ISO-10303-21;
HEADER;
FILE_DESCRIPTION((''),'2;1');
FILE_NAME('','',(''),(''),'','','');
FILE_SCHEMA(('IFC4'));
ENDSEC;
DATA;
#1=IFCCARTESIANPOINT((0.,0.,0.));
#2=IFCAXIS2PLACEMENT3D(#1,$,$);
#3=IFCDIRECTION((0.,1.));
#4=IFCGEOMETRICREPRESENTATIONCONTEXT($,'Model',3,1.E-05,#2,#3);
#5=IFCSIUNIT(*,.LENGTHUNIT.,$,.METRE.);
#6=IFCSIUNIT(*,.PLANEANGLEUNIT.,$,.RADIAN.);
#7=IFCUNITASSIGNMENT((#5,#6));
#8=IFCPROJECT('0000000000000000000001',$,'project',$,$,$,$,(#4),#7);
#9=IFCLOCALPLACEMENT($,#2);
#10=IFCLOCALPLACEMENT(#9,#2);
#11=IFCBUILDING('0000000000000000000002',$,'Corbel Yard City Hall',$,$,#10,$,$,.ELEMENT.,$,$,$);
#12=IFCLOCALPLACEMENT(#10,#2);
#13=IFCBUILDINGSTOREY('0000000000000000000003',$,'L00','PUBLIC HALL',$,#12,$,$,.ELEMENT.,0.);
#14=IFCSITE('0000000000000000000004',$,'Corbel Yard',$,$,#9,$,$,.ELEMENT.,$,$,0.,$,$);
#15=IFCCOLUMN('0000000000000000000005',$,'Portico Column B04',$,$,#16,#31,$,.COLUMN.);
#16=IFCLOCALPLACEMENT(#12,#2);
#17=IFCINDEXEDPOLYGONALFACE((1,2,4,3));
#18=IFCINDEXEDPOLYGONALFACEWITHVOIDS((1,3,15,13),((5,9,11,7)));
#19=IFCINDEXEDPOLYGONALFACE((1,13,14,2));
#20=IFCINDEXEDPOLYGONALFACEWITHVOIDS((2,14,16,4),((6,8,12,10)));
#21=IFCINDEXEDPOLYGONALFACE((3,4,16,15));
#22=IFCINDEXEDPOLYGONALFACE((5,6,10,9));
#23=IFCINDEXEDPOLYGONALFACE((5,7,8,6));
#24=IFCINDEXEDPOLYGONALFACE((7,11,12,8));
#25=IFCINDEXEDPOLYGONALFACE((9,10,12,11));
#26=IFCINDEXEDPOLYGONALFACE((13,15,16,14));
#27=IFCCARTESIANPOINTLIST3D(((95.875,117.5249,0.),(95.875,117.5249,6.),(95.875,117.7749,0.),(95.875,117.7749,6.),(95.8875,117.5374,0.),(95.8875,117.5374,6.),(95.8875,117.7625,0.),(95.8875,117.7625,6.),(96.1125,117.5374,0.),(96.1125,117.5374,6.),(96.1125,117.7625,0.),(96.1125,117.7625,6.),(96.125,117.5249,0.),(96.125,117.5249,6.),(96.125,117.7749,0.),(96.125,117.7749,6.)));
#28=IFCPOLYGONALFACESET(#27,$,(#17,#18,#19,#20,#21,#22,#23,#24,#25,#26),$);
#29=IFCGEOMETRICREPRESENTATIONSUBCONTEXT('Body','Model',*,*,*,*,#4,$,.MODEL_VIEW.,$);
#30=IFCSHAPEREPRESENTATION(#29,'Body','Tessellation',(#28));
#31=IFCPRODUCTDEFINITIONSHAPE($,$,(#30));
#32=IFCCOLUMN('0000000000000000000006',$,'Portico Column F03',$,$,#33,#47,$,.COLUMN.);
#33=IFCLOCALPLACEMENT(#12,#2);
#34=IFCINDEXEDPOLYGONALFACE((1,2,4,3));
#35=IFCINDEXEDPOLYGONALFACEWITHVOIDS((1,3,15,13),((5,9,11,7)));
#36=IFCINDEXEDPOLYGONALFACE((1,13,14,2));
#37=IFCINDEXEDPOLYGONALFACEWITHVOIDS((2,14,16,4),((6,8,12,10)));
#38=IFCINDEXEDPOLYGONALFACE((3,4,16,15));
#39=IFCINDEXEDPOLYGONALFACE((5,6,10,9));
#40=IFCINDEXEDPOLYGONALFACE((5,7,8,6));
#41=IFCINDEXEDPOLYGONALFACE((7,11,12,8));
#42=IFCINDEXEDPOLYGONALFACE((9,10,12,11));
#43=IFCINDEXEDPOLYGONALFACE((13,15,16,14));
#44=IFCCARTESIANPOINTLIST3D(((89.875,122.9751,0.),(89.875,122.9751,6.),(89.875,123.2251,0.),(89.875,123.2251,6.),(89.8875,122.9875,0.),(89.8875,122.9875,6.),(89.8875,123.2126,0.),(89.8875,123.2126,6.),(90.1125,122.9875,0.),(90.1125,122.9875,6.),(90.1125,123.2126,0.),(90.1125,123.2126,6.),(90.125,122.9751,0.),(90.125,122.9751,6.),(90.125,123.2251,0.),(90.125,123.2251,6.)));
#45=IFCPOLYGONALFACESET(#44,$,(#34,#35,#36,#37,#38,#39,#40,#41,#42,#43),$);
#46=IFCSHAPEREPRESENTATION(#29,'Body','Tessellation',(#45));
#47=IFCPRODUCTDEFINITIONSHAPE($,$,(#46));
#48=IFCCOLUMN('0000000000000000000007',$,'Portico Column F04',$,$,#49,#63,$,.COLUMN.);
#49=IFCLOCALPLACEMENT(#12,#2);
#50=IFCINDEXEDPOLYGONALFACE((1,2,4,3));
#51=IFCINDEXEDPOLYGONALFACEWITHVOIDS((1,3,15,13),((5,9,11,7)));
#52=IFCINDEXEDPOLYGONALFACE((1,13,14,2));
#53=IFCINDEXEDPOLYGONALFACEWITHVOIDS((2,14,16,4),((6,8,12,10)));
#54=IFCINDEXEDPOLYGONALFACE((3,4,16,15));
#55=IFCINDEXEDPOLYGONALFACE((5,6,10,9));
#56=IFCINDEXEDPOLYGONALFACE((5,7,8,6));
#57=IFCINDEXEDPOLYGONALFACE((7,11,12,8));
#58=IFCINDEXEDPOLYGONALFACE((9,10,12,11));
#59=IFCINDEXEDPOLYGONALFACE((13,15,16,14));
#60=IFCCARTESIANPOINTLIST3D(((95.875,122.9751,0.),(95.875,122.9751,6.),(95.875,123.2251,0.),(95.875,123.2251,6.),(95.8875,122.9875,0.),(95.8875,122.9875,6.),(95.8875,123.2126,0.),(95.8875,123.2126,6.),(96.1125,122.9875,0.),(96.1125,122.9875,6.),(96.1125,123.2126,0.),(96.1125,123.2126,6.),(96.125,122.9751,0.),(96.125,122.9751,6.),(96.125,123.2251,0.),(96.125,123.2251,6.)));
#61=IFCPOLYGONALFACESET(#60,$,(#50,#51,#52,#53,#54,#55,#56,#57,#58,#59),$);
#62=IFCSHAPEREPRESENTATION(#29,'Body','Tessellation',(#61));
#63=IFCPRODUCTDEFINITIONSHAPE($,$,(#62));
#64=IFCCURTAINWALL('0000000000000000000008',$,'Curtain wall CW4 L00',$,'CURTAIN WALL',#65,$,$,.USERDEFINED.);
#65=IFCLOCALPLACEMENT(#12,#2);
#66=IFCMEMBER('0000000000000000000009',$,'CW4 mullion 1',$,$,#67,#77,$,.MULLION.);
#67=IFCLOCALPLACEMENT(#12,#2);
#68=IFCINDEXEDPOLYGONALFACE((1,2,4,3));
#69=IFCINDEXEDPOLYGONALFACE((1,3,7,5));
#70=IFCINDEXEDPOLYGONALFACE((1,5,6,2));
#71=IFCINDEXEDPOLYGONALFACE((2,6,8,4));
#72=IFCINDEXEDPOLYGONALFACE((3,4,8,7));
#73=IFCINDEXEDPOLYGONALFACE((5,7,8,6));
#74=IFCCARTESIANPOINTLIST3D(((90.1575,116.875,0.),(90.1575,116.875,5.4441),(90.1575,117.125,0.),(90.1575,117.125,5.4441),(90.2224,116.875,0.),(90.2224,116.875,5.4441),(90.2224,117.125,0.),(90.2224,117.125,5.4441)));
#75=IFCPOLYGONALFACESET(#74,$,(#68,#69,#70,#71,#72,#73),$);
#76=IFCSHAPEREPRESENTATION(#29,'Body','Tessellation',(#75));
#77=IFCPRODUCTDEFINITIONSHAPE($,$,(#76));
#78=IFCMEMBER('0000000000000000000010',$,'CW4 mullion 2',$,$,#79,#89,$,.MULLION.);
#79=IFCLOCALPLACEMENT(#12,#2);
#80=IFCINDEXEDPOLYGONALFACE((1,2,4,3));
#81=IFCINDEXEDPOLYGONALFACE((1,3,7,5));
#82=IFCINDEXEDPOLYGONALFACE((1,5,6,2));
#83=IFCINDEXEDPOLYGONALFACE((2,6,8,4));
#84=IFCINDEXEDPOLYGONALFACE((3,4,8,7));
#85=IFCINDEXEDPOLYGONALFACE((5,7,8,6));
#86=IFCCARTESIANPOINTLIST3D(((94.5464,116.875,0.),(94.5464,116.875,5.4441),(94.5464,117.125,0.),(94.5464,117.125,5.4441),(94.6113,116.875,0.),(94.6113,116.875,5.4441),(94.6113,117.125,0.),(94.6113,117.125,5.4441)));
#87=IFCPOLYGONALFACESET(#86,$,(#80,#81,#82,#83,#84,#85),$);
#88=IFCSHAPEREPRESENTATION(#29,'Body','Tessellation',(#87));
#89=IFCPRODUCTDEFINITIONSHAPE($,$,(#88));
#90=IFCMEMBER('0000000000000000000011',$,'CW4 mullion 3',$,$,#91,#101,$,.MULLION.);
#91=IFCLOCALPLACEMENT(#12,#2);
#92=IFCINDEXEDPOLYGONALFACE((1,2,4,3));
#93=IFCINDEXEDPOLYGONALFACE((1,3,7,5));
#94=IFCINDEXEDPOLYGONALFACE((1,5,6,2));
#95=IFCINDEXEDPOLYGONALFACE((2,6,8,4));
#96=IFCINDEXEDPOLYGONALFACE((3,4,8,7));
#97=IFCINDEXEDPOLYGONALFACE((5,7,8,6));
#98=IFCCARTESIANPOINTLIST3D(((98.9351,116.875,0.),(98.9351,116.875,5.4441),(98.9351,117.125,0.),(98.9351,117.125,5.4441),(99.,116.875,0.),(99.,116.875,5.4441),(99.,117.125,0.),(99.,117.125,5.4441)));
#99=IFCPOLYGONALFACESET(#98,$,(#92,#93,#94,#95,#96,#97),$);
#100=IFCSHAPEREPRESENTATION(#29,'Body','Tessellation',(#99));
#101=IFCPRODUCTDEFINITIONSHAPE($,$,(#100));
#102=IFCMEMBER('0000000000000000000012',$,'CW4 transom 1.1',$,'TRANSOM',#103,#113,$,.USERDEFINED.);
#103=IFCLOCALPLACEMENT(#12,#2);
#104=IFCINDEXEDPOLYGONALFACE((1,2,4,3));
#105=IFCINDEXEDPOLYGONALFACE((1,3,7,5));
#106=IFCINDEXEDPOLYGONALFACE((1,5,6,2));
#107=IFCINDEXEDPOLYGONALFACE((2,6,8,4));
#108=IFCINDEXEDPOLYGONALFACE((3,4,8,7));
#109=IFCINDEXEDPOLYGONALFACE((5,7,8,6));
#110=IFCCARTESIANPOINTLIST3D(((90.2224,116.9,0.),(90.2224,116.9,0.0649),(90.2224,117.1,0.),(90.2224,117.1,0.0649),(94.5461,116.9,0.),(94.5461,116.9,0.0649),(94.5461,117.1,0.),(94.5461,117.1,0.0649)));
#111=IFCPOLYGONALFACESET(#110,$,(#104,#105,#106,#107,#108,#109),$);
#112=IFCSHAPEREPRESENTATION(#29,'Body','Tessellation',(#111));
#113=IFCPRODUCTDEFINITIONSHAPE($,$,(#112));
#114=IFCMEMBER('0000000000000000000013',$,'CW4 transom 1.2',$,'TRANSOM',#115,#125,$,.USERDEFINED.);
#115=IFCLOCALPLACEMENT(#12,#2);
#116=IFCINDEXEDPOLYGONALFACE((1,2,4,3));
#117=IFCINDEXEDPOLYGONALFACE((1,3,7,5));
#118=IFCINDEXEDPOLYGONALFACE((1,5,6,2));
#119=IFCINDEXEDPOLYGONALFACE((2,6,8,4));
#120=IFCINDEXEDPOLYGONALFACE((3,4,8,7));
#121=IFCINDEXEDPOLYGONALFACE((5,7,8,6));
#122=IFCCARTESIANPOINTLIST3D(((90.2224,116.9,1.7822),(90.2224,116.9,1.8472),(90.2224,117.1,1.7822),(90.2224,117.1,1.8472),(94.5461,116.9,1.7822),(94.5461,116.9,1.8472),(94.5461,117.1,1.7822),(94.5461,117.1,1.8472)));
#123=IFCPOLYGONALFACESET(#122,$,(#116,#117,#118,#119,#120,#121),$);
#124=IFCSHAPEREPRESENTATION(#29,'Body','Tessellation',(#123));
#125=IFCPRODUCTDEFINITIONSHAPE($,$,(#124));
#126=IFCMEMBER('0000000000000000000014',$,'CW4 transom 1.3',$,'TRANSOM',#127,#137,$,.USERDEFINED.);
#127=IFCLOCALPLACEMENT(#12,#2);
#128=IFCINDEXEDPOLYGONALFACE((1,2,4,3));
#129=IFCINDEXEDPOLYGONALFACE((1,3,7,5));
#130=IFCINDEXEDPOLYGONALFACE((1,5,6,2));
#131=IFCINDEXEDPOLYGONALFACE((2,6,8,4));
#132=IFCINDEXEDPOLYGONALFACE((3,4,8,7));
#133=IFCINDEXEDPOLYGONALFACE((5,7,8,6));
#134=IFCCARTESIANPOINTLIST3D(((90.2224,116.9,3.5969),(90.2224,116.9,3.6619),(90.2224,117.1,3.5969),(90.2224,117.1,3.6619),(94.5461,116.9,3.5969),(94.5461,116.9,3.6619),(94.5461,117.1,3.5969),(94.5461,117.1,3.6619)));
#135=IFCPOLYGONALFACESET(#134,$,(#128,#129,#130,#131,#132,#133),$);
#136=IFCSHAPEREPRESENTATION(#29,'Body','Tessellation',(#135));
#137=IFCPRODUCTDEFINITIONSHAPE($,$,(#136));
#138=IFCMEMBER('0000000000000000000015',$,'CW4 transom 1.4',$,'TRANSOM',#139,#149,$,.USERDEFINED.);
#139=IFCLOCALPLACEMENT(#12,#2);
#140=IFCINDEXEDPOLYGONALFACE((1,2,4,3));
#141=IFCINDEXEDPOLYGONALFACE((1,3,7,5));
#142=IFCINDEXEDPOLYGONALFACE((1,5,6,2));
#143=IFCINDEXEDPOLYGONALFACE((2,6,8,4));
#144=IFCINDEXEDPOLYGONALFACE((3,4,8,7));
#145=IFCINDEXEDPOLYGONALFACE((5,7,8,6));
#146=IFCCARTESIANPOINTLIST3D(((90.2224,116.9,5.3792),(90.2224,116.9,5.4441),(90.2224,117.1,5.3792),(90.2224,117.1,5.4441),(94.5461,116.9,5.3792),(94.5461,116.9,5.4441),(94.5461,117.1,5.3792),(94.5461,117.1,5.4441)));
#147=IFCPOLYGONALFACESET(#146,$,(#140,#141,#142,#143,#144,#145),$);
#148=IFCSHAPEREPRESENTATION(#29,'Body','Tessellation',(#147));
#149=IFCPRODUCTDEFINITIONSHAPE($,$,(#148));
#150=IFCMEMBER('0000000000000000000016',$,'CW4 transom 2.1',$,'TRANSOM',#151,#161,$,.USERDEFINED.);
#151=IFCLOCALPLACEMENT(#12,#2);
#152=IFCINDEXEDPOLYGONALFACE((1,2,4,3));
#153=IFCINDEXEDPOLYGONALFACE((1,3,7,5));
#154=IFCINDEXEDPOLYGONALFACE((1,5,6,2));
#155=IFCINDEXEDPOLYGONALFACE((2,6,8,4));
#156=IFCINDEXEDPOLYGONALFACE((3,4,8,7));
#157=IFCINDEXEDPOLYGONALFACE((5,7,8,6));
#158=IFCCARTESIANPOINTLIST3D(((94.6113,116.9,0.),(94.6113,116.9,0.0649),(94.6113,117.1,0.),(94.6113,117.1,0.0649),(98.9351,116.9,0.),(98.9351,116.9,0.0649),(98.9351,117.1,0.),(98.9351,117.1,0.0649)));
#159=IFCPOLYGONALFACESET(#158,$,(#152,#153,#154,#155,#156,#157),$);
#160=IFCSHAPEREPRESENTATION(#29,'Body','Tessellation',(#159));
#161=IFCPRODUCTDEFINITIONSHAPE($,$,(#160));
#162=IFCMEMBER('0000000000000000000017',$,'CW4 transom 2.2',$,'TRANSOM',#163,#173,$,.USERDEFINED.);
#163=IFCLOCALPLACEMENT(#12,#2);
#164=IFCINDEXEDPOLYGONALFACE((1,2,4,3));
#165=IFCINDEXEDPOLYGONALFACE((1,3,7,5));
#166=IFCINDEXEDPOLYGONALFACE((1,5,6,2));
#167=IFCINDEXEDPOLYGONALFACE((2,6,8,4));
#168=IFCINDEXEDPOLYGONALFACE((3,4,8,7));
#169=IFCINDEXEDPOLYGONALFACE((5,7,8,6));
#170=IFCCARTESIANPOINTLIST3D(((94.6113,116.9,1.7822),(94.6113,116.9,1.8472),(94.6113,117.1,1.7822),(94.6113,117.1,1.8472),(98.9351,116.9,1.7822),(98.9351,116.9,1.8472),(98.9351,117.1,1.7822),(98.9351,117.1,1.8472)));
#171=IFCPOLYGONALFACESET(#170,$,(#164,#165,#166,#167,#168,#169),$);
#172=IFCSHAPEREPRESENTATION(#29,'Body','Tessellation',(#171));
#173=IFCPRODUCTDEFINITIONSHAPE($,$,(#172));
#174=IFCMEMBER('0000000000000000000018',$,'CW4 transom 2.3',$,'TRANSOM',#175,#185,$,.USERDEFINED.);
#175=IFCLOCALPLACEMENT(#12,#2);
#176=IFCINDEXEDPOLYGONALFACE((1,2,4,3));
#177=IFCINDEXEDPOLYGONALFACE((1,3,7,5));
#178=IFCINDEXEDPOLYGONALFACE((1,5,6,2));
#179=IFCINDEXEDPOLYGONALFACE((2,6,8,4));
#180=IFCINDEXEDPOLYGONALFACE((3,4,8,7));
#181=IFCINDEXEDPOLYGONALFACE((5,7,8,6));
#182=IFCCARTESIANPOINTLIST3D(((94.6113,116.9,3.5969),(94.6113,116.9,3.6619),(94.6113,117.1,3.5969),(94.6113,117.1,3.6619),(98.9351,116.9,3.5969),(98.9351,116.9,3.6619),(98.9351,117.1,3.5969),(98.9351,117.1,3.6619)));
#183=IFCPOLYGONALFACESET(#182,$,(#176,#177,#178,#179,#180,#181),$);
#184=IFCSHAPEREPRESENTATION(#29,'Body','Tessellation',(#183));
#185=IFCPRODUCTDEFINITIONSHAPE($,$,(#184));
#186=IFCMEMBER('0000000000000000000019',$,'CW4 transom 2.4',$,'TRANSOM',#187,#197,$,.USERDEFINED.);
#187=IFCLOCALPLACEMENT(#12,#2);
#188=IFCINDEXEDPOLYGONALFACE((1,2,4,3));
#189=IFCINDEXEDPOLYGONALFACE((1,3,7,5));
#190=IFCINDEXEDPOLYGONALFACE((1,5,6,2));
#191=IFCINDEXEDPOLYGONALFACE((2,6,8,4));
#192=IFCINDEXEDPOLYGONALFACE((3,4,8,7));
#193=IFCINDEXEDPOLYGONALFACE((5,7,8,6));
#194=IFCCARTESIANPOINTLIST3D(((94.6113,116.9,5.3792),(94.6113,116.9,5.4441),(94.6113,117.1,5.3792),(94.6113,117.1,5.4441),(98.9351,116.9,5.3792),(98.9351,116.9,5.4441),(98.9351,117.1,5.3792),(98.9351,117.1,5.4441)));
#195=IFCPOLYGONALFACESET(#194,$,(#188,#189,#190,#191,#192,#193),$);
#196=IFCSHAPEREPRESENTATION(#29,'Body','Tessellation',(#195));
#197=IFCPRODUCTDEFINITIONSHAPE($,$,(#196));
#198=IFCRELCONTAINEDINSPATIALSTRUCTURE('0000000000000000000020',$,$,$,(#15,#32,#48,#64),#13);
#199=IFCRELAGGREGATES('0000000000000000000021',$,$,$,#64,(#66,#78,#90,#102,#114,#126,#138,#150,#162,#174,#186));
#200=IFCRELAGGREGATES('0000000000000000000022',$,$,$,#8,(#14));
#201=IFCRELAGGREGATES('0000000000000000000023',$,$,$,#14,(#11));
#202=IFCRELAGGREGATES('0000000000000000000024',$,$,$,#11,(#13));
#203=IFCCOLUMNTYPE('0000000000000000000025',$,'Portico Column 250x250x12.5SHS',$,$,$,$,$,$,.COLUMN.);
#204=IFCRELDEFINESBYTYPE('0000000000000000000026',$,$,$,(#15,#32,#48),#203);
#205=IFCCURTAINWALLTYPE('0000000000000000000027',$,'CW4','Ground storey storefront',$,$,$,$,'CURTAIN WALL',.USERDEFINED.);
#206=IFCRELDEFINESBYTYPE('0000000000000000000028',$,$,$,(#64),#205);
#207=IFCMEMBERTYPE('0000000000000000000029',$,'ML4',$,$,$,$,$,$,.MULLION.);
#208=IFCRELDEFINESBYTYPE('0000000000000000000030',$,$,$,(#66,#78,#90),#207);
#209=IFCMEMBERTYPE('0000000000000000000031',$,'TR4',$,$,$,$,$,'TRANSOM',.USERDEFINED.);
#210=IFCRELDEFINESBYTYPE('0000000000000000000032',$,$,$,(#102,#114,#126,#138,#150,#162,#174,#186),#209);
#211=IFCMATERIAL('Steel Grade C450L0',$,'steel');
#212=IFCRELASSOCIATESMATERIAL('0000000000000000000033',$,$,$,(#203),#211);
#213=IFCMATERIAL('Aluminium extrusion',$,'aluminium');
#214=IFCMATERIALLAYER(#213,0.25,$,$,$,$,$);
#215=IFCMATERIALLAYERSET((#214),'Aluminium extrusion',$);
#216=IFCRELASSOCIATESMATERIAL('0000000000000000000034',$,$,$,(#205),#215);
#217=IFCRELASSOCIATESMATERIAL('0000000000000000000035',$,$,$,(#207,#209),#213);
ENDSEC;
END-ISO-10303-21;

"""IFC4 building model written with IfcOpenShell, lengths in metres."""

from ifc_helpers import new_model, si_unit, direction, frame, origin, origin_2d, place, context, subcontext, project, spatial, rectangle, hollow_rectangle, extrude, material, layer, layer_set, material_profile, profile_set, type_object, element, aggregate, save


model = new_model("IFC4")

# Units and contexts
model_context = context("Model", 3, precision=1e-05, world=origin(), true_north=direction((0.0, 1.0)))
body_context = subcontext(model_context, "Body", "Model", "MODEL_VIEW")
ifc_project = project(units=[si_unit("LENGTHUNIT", "METRE"), si_unit("PLANEANGLEUNIT", "RADIAN")], contexts=[model_context])

# Site, building, storey
site_placement = place(None, origin())
site = spatial("IfcSite", under=ifc_project, at=site_placement, Name="Corbel Yard", CompositionType="ELEMENT", RefElevation=0.0)
building_placement = place(site_placement, origin())
building = spatial("IfcBuilding", under=site, at=building_placement, Name="Corbel Yard City Hall", CompositionType="ELEMENT")
storey_placement = place(building_placement, origin())
storey = spatial("IfcBuildingStorey", under=building, at=storey_placement, Name="L00", Description="PUBLIC HALL", CompositionType="ELEMENT", Elevation=0.0)

# Columns
ifc_material_1 = material(Name="Steel Grade C450L0", Category="steel")
ifc_material_profile_1 = material_profile(ifc_material_1, hollow_rectangle(XDim=0.25, YDim=0.25, WallThickness=0.0125, at=origin_2d()), Name="250x250x12.5SHS")
ifc_profile_set_1 = profile_set([ifc_material_profile_1], Name="Steel Grade C450L0")
column_type = type_object("IfcColumnType", Name="Portico Column 250x250x12.5SHS", PredefinedType="COLUMN", material=ifc_profile_set_1)
for number, where, z_axis, x_axis, name in (
    (1, (96.0, 117.6499, 0.0), (0.0, 0.0, 1.0), (1.0, 0.0, 0.0), "Portico Column B04"),
    (2, (90.0, 123.1001, 0.0), (0.0, 0.0, 1.0), (1.0, 0.0, 0.0), "Portico Column F03"),
    (3, (96.0, 123.1001, 0.0), (0.0, 0.0, 1.0), (1.0, 0.0, 0.0), "Portico Column F04"),
):
    element("IfcColumn", number, at=place(storey_placement, frame(where, z_axis=z_axis, x_axis=x_axis)), inside=storey, type_object=column_type, Name=name, PredefinedType="COLUMN", context=body_context, shape_type="SweptSolid", body=[
        extrude(hollow_rectangle(XDim=0.25, YDim=0.25, WallThickness=0.0125, at=origin_2d()), origin(), (0.0, 0.0, 1.0), 6.0),
    ])

# Curtain wall, members
ifc_material_2 = material(Name="Aluminium extrusion", Category="aluminium")
ifc_layer_1 = layer(ifc_material_2, 0.25)
ifc_layer_set_1 = layer_set([ifc_layer_1], Name="Aluminium extrusion")
curtain_wall_type = type_object("IfcCurtainWallType", Name="CW4", Description="Ground storey storefront", ElementType="CURTAIN WALL", PredefinedType="USERDEFINED", material=ifc_layer_set_1)
curtain_wall_placement = place(storey_placement, origin())
curtain_wall = element("IfcCurtainWall", 4, at=curtain_wall_placement, inside=storey, type_object=curtain_wall_type, Name="Curtain wall CW4 L00", ObjectType="CURTAIN WALL", PredefinedType="USERDEFINED")
ifc_material_profile_2 = material_profile(ifc_material_2, rectangle(XDim=0.25, YDim=0.0649, at=origin_2d()), Name="250x65")
ifc_profile_set_2 = profile_set([ifc_material_profile_2], Name="Aluminium extrusion")
member_type_1 = type_object("IfcMemberType", Name="ML4", PredefinedType="MULLION", material=ifc_profile_set_2)
member_1_placement = place(storey_placement, frame((90.1899, 117.0, 0.0), z_axis=(0.0, 0.0, 1.0), x_axis=(0.0, 1.0, 0.0)))
member_1 = element("IfcMember", 5, at=member_1_placement, type_object=member_type_1, Name="CW4 mullion 1", PredefinedType="MULLION", context=body_context, shape_type="SweptSolid", body=[
    extrude(rectangle(XDim=0.25, YDim=0.0649, at=origin_2d()), origin(), (0.0, 0.0, 1.0), 5.4441),
])
member_2_placement = place(storey_placement, frame((94.5789, 117.0, 0.0), z_axis=(0.0, 0.0, 1.0), x_axis=(0.0, 1.0, 0.0)))
member_2 = element("IfcMember", 6, at=member_2_placement, type_object=member_type_1, Name="CW4 mullion 2", PredefinedType="MULLION", context=body_context, shape_type="SweptSolid", body=[
    extrude(rectangle(XDim=0.25, YDim=0.0649, at=origin_2d()), origin(), (0.0, 0.0, 1.0), 5.4441),
])
member_3_placement = place(storey_placement, frame((98.9675, 117.0, 0.0), z_axis=(0.0, 0.0, 1.0), x_axis=(0.0, 1.0, 0.0)))
member_3 = element("IfcMember", 7, at=member_3_placement, type_object=member_type_1, Name="CW4 mullion 3", PredefinedType="MULLION", context=body_context, shape_type="SweptSolid", body=[
    extrude(rectangle(XDim=0.25, YDim=0.0649, at=origin_2d()), origin(), (0.0, 0.0, 1.0), 5.4441),
])
ifc_material_profile_3 = material_profile(ifc_material_2, rectangle(XDim=0.2, YDim=0.0649, at=origin_2d()), Name="200x65")
ifc_profile_set_3 = profile_set([ifc_material_profile_3], Name="Aluminium extrusion")
member_type_2 = type_object("IfcMemberType", Name="TR4", ElementType="TRANSOM", PredefinedType="USERDEFINED", material=ifc_profile_set_3)
member_4_placement = place(storey_placement, frame((90.2224, 117.0, 0.0325), z_axis=(1.0, 0.0, 0.0), x_axis=(0.0, 1.0, 0.0)))
member_4 = element("IfcMember", 8, at=member_4_placement, type_object=member_type_2, Name="CW4 transom 1.1", ObjectType="TRANSOM", PredefinedType="USERDEFINED", context=body_context, shape_type="SweptSolid", body=[
    extrude(rectangle(XDim=0.2, YDim=0.0649, at=origin_2d()), origin(), (0.0, 0.0, 1.0), 4.3237),
])
member_5_placement = place(storey_placement, frame((90.2224, 117.0, 1.8147), z_axis=(1.0, 0.0, 0.0), x_axis=(0.0, 1.0, 0.0)))
member_5 = element("IfcMember", 9, at=member_5_placement, type_object=member_type_2, Name="CW4 transom 1.2", ObjectType="TRANSOM", PredefinedType="USERDEFINED", context=body_context, shape_type="SweptSolid", body=[
    extrude(rectangle(XDim=0.2, YDim=0.0649, at=origin_2d()), origin(), (0.0, 0.0, 1.0), 4.3237),
])
member_6_placement = place(storey_placement, frame((90.2224, 117.0, 3.6294), z_axis=(1.0, 0.0, 0.0), x_axis=(0.0, 1.0, 0.0)))
member_6 = element("IfcMember", 10, at=member_6_placement, type_object=member_type_2, Name="CW4 transom 1.3", ObjectType="TRANSOM", PredefinedType="USERDEFINED", context=body_context, shape_type="SweptSolid", body=[
    extrude(rectangle(XDim=0.2, YDim=0.0649, at=origin_2d()), origin(), (0.0, 0.0, 1.0), 4.3237),
])
member_7_placement = place(storey_placement, frame((90.2224, 117.0, 5.4116), z_axis=(1.0, 0.0, 0.0), x_axis=(0.0, 1.0, 0.0)))
member_7 = element("IfcMember", 11, at=member_7_placement, type_object=member_type_2, Name="CW4 transom 1.4", ObjectType="TRANSOM", PredefinedType="USERDEFINED", context=body_context, shape_type="SweptSolid", body=[
    extrude(rectangle(XDim=0.2, YDim=0.0649, at=origin_2d()), origin(), (0.0, 0.0, 1.0), 4.3237),
])
member_8_placement = place(storey_placement, frame((94.6113, 117.0, 0.0325), z_axis=(1.0, 0.0, 0.0), x_axis=(0.0, 1.0, 0.0)))
member_8 = element("IfcMember", 12, at=member_8_placement, type_object=member_type_2, Name="CW4 transom 2.1", ObjectType="TRANSOM", PredefinedType="USERDEFINED", context=body_context, shape_type="SweptSolid", body=[
    extrude(rectangle(XDim=0.2, YDim=0.0649, at=origin_2d()), origin(), (0.0, 0.0, 1.0), 4.3237),
])
member_9_placement = place(storey_placement, frame((94.6113, 117.0, 1.8147), z_axis=(1.0, 0.0, 0.0), x_axis=(0.0, 1.0, 0.0)))
member_9 = element("IfcMember", 13, at=member_9_placement, type_object=member_type_2, Name="CW4 transom 2.2", ObjectType="TRANSOM", PredefinedType="USERDEFINED", context=body_context, shape_type="SweptSolid", body=[
    extrude(rectangle(XDim=0.2, YDim=0.0649, at=origin_2d()), origin(), (0.0, 0.0, 1.0), 4.3237),
])
member_10_placement = place(storey_placement, frame((94.6113, 117.0, 3.6294), z_axis=(1.0, 0.0, 0.0), x_axis=(0.0, 1.0, 0.0)))
member_10 = element("IfcMember", 14, at=member_10_placement, type_object=member_type_2, Name="CW4 transom 2.3", ObjectType="TRANSOM", PredefinedType="USERDEFINED", context=body_context, shape_type="SweptSolid", body=[
    extrude(rectangle(XDim=0.2, YDim=0.0649, at=origin_2d()), origin(), (0.0, 0.0, 1.0), 4.3237),
])
member_11_placement = place(storey_placement, frame((94.6113, 117.0, 5.4116), z_axis=(1.0, 0.0, 0.0), x_axis=(0.0, 1.0, 0.0)))
member_11 = element("IfcMember", 15, at=member_11_placement, type_object=member_type_2, Name="CW4 transom 2.4", ObjectType="TRANSOM", PredefinedType="USERDEFINED", context=body_context, shape_type="SweptSolid", body=[
    extrude(rectangle(XDim=0.2, YDim=0.0649, at=origin_2d()), origin(), (0.0, 0.0, 1.0), 4.3237),
])
aggregate(curtain_wall, [member_1, member_2, member_3, member_4, member_5, member_6, member_7, member_8, member_9, member_10, member_11])

save(model, "model.ifc")
